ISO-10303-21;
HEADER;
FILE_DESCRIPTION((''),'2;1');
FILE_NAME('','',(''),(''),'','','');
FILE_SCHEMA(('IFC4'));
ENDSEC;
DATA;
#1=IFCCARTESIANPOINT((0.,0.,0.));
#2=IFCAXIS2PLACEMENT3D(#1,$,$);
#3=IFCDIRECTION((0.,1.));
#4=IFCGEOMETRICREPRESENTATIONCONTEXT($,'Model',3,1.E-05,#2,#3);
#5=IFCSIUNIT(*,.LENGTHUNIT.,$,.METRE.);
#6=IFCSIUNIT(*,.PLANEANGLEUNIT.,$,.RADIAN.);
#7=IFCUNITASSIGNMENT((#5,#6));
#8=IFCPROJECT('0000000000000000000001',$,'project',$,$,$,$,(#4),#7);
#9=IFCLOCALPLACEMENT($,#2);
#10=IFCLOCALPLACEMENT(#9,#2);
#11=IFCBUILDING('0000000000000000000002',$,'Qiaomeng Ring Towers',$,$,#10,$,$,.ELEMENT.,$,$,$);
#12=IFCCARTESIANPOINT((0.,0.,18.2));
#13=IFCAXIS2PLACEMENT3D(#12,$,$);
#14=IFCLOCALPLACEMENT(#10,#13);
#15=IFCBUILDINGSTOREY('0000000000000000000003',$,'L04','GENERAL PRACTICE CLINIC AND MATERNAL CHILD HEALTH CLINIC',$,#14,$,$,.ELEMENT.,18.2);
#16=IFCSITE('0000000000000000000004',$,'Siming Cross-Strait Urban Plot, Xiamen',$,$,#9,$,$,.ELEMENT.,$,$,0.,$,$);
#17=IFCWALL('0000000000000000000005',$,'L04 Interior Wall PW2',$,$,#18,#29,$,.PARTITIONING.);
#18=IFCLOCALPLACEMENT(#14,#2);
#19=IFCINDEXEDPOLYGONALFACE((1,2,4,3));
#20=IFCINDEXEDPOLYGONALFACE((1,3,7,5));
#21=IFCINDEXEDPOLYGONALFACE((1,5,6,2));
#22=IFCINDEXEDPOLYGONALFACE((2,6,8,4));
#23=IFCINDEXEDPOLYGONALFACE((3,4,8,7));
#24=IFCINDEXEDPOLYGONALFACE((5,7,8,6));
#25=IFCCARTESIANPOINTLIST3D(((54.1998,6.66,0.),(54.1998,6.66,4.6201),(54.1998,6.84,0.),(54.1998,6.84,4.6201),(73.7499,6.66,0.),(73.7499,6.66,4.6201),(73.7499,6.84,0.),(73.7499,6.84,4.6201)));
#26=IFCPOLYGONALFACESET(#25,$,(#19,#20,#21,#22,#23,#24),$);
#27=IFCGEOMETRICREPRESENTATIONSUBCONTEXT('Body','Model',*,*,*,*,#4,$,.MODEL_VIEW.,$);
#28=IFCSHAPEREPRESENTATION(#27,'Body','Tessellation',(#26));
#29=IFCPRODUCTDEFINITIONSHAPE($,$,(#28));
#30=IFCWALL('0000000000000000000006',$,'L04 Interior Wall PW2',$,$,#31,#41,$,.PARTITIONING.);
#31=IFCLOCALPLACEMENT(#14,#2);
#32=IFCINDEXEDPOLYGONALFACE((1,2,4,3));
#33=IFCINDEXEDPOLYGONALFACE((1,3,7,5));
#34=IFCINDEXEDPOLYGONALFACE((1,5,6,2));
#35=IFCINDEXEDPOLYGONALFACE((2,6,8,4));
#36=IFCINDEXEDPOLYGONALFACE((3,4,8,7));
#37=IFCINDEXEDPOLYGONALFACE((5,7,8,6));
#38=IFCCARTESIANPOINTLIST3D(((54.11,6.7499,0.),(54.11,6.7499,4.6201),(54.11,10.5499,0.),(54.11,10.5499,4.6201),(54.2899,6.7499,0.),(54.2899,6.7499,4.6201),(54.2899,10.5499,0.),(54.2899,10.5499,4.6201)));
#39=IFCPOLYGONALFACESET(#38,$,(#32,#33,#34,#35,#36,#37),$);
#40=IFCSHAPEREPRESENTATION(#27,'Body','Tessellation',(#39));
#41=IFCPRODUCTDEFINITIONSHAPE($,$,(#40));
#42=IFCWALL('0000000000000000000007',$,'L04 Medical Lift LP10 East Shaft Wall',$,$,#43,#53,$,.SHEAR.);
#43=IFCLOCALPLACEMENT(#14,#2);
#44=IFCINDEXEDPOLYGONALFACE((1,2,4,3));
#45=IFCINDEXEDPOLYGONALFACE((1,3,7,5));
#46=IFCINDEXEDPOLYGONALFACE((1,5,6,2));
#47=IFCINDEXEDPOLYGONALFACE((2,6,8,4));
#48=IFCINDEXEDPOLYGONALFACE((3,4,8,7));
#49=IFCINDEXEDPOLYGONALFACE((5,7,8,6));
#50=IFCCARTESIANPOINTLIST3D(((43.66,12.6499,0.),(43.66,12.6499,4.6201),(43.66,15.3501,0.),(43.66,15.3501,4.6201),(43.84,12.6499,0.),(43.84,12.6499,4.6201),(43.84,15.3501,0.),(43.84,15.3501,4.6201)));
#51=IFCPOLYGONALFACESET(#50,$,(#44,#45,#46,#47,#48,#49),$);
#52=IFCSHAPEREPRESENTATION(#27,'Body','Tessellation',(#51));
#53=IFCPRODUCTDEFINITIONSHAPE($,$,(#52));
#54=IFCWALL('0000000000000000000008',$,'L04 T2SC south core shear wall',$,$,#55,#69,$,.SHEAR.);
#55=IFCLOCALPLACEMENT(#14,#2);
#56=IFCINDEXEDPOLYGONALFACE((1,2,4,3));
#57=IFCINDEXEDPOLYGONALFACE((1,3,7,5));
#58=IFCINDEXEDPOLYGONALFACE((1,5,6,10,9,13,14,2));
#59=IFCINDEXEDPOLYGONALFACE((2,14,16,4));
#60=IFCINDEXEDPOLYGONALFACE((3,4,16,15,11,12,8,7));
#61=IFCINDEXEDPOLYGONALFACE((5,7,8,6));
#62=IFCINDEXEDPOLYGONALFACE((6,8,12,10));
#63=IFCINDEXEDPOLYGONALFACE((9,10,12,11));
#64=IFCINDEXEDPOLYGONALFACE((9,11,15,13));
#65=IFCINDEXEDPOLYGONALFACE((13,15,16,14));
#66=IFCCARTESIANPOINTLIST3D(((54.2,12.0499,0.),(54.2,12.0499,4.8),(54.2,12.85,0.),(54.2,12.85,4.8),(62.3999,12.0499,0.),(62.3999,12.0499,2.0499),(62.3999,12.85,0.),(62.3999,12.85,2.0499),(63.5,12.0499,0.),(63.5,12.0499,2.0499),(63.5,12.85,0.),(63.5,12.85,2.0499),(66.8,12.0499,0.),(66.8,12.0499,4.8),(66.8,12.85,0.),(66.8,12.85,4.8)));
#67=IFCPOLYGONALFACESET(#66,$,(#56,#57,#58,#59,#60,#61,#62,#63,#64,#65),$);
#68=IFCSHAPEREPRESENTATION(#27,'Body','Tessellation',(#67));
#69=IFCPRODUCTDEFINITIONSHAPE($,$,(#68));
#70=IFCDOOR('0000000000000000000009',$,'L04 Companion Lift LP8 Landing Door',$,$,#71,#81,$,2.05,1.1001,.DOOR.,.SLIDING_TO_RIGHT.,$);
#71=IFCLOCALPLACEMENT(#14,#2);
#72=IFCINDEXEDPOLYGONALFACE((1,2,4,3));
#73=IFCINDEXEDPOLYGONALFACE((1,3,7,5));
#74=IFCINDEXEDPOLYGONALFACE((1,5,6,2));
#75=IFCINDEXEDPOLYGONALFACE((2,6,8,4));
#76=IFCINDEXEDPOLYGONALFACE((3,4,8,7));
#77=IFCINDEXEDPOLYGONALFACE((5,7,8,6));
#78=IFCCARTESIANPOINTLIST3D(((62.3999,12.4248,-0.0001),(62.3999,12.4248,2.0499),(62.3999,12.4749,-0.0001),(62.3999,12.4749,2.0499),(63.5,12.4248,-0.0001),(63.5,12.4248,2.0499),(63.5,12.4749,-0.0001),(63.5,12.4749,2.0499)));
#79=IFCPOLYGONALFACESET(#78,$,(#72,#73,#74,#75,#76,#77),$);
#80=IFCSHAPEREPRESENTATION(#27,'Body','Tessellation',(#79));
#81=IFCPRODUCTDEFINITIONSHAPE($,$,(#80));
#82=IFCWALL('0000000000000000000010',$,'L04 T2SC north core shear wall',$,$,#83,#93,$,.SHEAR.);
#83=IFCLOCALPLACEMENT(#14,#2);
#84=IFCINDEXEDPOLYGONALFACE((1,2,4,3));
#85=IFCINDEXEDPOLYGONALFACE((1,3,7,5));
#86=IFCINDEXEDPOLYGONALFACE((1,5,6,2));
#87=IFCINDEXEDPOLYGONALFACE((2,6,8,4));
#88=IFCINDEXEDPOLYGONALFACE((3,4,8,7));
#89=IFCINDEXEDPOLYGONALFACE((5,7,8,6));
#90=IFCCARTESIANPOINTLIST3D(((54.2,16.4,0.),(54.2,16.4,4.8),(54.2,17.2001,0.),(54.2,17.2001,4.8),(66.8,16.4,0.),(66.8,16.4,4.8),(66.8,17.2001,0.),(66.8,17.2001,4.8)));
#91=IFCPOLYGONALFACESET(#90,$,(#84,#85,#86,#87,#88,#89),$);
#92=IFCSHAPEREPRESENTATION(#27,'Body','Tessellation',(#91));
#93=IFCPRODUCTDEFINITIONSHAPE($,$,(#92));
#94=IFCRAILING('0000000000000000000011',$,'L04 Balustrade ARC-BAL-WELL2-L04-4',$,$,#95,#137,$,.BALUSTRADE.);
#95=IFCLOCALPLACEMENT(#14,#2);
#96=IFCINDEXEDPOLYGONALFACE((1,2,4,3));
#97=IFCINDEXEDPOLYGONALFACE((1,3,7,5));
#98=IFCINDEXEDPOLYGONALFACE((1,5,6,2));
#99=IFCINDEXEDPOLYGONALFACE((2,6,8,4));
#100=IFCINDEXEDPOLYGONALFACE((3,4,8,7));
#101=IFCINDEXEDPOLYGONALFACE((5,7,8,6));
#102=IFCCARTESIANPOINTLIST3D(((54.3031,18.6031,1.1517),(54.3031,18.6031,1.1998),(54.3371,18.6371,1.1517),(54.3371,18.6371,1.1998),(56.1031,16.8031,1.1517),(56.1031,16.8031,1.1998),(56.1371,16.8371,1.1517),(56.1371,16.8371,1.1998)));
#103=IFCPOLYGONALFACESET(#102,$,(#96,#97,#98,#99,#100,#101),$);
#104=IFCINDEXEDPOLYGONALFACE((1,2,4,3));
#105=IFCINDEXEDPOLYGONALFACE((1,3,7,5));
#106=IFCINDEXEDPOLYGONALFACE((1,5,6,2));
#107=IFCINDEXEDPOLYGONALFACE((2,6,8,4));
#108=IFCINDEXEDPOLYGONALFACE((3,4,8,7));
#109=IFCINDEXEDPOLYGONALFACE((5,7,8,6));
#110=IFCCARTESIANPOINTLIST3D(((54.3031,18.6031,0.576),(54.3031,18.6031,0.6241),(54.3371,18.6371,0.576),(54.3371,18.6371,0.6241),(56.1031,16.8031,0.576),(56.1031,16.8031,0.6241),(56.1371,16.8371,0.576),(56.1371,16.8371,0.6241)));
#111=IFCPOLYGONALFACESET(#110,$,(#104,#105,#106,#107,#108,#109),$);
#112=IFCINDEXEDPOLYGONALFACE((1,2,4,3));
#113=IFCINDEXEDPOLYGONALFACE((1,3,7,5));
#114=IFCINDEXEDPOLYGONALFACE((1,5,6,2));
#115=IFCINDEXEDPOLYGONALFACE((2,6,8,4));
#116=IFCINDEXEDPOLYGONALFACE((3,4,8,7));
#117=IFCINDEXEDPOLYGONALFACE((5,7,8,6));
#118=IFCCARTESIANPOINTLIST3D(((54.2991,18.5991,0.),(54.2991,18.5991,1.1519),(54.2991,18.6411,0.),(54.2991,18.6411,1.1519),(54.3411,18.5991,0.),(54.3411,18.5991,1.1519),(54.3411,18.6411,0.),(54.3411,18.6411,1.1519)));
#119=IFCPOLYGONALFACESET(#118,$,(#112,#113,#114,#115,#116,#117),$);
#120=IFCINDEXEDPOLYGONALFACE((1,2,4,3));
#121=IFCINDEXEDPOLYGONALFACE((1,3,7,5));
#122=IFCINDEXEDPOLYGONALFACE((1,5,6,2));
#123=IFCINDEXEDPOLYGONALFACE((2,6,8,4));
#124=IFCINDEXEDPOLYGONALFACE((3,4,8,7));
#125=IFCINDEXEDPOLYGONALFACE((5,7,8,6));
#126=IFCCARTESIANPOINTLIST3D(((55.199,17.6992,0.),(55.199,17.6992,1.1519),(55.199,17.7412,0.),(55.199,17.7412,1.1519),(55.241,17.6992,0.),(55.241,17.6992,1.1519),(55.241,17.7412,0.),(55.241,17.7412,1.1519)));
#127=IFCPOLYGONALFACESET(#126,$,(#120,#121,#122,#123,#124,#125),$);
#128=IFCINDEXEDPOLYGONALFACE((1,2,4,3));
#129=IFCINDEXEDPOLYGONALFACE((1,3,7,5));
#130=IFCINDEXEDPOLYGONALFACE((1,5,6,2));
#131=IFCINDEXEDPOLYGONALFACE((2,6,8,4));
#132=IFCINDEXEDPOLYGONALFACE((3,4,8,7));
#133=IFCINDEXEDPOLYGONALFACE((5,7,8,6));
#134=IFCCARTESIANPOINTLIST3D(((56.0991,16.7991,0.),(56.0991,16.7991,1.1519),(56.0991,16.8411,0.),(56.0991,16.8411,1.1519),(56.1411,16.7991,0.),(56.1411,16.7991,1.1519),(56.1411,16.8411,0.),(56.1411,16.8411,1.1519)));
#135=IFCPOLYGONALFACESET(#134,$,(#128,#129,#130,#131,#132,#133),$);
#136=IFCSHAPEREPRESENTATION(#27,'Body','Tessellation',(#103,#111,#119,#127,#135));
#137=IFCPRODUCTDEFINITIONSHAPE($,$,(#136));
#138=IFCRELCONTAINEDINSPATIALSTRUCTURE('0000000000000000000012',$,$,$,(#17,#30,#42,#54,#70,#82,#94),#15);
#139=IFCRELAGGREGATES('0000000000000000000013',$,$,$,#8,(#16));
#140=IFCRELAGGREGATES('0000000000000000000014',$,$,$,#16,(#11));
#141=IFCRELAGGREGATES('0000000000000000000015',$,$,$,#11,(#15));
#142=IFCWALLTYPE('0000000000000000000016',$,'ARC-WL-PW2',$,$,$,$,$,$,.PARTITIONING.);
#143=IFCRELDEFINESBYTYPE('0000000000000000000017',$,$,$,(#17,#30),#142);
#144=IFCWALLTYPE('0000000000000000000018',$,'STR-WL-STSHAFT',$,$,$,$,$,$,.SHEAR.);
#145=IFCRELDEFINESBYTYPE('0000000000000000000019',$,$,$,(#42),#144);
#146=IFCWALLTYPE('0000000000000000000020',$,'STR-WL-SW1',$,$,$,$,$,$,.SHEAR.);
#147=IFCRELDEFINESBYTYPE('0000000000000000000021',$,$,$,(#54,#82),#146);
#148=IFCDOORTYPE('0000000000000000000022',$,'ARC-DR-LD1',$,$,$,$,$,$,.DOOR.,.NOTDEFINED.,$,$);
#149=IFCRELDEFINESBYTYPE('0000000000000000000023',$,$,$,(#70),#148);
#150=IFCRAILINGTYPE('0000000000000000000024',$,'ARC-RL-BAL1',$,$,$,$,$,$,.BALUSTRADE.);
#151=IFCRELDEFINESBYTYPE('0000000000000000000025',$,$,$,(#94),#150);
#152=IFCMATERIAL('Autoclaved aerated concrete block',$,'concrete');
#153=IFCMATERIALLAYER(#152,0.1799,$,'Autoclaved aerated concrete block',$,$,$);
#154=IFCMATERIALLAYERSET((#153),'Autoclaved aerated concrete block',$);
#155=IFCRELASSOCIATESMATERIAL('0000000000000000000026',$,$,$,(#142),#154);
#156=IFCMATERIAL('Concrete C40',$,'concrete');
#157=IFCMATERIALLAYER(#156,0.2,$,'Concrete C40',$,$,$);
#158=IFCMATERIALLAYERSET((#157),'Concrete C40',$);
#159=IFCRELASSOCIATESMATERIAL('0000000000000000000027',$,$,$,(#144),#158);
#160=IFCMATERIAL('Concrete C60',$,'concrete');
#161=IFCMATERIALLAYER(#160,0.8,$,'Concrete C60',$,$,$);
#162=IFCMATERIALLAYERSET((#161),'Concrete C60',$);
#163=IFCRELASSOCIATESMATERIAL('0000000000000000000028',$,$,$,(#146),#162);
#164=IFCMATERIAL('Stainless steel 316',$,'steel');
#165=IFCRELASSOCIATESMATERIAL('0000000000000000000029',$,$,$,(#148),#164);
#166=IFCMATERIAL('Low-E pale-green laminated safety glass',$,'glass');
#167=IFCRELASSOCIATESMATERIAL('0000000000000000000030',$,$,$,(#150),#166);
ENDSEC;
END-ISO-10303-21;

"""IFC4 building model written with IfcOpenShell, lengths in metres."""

from ifc_helpers import new_model, si_unit, direction, frame, frame_2d, origin, origin_2d, place, context, subcontext, project, spatial, rectangle, extrude, source, transform, mapped, material, layer, layer_set, type_object, element, fill, save


model = new_model("IFC4")

# Units and contexts
model_context = context("Model", 3, precision=1e-05, world=origin(), true_north=direction((0.0, 1.0)))
body_context = subcontext(model_context, "Body", "Model", "MODEL_VIEW")
ifc_project = project(units=[si_unit("LENGTHUNIT", "METRE"), si_unit("PLANEANGLEUNIT", "RADIAN")], contexts=[model_context])

# Site, building, storey
site_placement = place(None, origin())
site = spatial("IfcSite", under=ifc_project, at=site_placement, Name="Siming Cross-Strait Urban Plot, Xiamen", CompositionType="ELEMENT", RefElevation=0.0)
building_placement = place(site_placement, origin())
building = spatial("IfcBuilding", under=site, at=building_placement, Name="Qiaomeng Ring Towers", CompositionType="ELEMENT")
storey_placement = place(building_placement, frame((0.0, 0.0, 18.2)))
storey = spatial("IfcBuildingStorey", under=building, at=storey_placement, Name="L04", Description="GENERAL PRACTICE CLINIC AND MATERNAL CHILD HEALTH CLINIC", CompositionType="ELEMENT", Elevation=18.2)

# Shared definitions
ifc_material_1 = material(Name="Concrete C60", Category="concrete")

# Shared definitions
ifc_material_2 = material(Name="Autoclaved aerated concrete block", Category="concrete")
ifc_layer_1 = layer(ifc_material_2, 0.1799, Name="Autoclaved aerated concrete block")
ifc_layer_set_1 = layer_set([ifc_layer_1], Name="Autoclaved aerated concrete block")
wall_type_1 = type_object("IfcWallType", Name="ARC-WL-PW2", PredefinedType="PARTITIONING", material=ifc_layer_set_1)

# Walls
wall_1_placement = place(storey_placement, frame((54.2, 6.75, 0.0), z_axis=(0.0, 0.0, 1.0), x_axis=(1.0, 0.0, 0.0)))
element("IfcWall", 1, at=wall_1_placement, inside=storey, type_object=wall_type_1, Name="L04 Interior Wall PW2", PredefinedType="PARTITIONING", context=body_context, shape_type="SweptSolid", body=[
    extrude(rectangle(XDim=19.55, YDim=0.1799, at=frame_2d((9.7749, 0.0))), origin(), (0.0, 0.0, 1.0), 4.6201),
])
wall_2_placement = place(storey_placement, frame((54.2, 6.75, 0.0), z_axis=(0.0, 0.0, 1.0), x_axis=(0.0, 1.0, 0.0)))
element("IfcWall", 2, at=wall_2_placement, inside=storey, type_object=wall_type_1, Name="L04 Interior Wall PW2", PredefinedType="PARTITIONING", context=body_context, shape_type="SweptSolid", body=[
    extrude(rectangle(XDim=3.8, YDim=0.1799, at=frame_2d((1.8999, 0.0))), origin(), (0.0, 0.0, 1.0), 4.6201),
])
ifc_material_3 = material(Name="Concrete C40", Category="concrete")
ifc_layer_2 = layer(ifc_material_3, 0.2, Name="Concrete C40")
ifc_layer_set_2 = layer_set([ifc_layer_2], Name="Concrete C40")
wall_type_2 = type_object("IfcWallType", Name="STR-WL-STSHAFT", PredefinedType="SHEAR", material=ifc_layer_set_2)
wall_3_placement = place(storey_placement, frame((43.75, 12.6499, 0.0), z_axis=(0.0, 0.0, 1.0), x_axis=(0.0, 1.0, 0.0)))
element("IfcWall", 3, at=wall_3_placement, inside=storey, type_object=wall_type_2, Name="L04 Medical Lift LP10 East Shaft Wall", PredefinedType="SHEAR", context=body_context, shape_type="SweptSolid", body=[
    extrude(rectangle(XDim=2.7002, YDim=0.1799, at=frame_2d((1.3501, 0.0))), origin(), (0.0, 0.0, 1.0), 4.6201),
])

# Wall, opening, door
ifc_layer_3 = layer(ifc_material_1, 0.8, Name="Concrete C60")
ifc_layer_set_3 = layer_set([ifc_layer_3], Name="Concrete C60")
wall_type_3 = type_object("IfcWallType", Name="STR-WL-SW1", PredefinedType="SHEAR", material=ifc_layer_set_3)
wall_4_placement = place(storey_placement, frame((54.2, 12.45, 0.0), z_axis=(0.0, 0.0, 1.0), x_axis=(1.0, 0.0, 0.0)))
wall_4 = element("IfcWall", 4, at=wall_4_placement, inside=storey, type_object=wall_type_3, Name="L04 T2SC south core shear wall", PredefinedType="SHEAR", context=body_context, shape_type="SweptSolid", body=[
    extrude(rectangle(XDim=12.6001, YDim=0.8, at=frame_2d((6.3, 0.0))), origin(), (0.0, 0.0, 1.0), 4.8),
])
opening_1_placement = place(wall_4_placement, frame((8.2, 0.0, 0.0)))
opening_1 = element("IfcOpeningElement", 5, at=opening_1_placement, cuts=wall_4, PredefinedType="OPENING", context=body_context, shape_type="SweptSolid", body=[
    extrude(rectangle(XDim=1.1001, YDim=2.05, at=frame_2d((0.55, 1.0249))), frame((0.0, 0.4099, 0.0), z_axis=(0.0, -1.0, 0.0), x_axis=(1.0, 0.0, 0.0)), (0.0, 0.0, 1.0), 0.8201),
])
ifc_material_4 = material(Name="Stainless steel 316", Category="steel")
door_type_1 = type_object("IfcDoorType", Name="ARC-DR-LD1", OperationType="NOTDEFINED", PredefinedType="DOOR", material=ifc_material_4)
shared_shape_1 = source(origin(), body_context, "Body", "SweptSolid", [
    extrude(rectangle(XDim=1.1001, YDim=2.05, at=frame_2d((0.55, 1.0249))), frame((0.0, 0.0249, 0.0), z_axis=(0.0, -1.0, 0.0), x_axis=(1.0, 0.0, 0.0)), (0.0, 0.0, 1.0), 0.05),
])
door_1_placement = place(opening_1_placement, origin())
door_1 = element("IfcDoor", 6, at=door_1_placement, inside=storey, type_object=door_type_1, Name="L04 Companion Lift LP8 Landing Door", OperationType="SLIDING_TO_RIGHT", OverallHeight=2.05, OverallWidth=1.1001, PredefinedType="DOOR", context=body_context, shape_type="MappedRepresentation", body=[
    mapped(shared_shape_1, transform((0.0, 0.0, 0.0), x_axis=(1.0, 0.0, 0.0), y_axis=(0.0, 1.0, 0.0), z_axis=(0.0, 0.0, 1.0), scale=1.0)),
])
fill(opening_1, door_1)

# Wall
wall_5_placement = place(storey_placement, frame((54.2, 16.8, 0.0), z_axis=(0.0, 0.0, 1.0), x_axis=(1.0, 0.0, 0.0)))
element("IfcWall", 7, at=wall_5_placement, inside=storey, type_object=wall_type_3, Name="L04 T2SC north core shear wall", PredefinedType="SHEAR", context=body_context, shape_type="SweptSolid", body=[
    extrude(rectangle(XDim=12.6001, YDim=0.8, at=frame_2d((6.3, 0.0))), origin(), (0.0, 0.0, 1.0), 4.8),
])

# Railing
ifc_material_5 = material(Name="Low-E pale-green laminated safety glass", Category="glass")
railing_type = type_object("IfcRailingType", Name="ARC-RL-BAL1", PredefinedType="BALUSTRADE", material=ifc_material_5)
railing_placement = place(storey_placement, frame((54.3201, 18.6201, 0.0)))
element("IfcRailing", 8, at=railing_placement, inside=storey, type_object=railing_type, Name="L04 Balustrade ARC-BAL-WELL2-L04-4", PredefinedType="BALUSTRADE", context=body_context, shape_type="SweptSolid", body=[
    extrude(rectangle(XDim=0.0481, YDim=0.0481, at=origin_2d()), frame((0.0, 0.0, 1.1758), z_axis=(0.707107, -0.707107, 0.0), x_axis=(0.707107, 0.707107, 0.0)), (0.0, 0.0, 1.0), 2.5457),
    extrude(rectangle(XDim=0.0481, YDim=0.0481, at=origin_2d()), frame((0.0, 0.0, 0.6001), z_axis=(0.707107, -0.707107, 0.0), x_axis=(0.707107, 0.707107, 0.0)), (0.0, 0.0, 1.0), 2.5457),
    extrude(rectangle(XDim=0.042, YDim=0.042, at=origin_2d()), origin(), (0.0, 0.0, 1.0), 1.1519),
    extrude(rectangle(XDim=0.042, YDim=0.042, at=origin_2d()), frame((0.8999, -0.8999, 0.0)), (0.0, 0.0, 1.0), 1.1519),
    extrude(rectangle(XDim=0.042, YDim=0.042, at=origin_2d()), frame((1.8, -1.8, 0.0)), (0.0, 0.0, 1.0), 1.1519),
])

save(model, "model.ifc")
